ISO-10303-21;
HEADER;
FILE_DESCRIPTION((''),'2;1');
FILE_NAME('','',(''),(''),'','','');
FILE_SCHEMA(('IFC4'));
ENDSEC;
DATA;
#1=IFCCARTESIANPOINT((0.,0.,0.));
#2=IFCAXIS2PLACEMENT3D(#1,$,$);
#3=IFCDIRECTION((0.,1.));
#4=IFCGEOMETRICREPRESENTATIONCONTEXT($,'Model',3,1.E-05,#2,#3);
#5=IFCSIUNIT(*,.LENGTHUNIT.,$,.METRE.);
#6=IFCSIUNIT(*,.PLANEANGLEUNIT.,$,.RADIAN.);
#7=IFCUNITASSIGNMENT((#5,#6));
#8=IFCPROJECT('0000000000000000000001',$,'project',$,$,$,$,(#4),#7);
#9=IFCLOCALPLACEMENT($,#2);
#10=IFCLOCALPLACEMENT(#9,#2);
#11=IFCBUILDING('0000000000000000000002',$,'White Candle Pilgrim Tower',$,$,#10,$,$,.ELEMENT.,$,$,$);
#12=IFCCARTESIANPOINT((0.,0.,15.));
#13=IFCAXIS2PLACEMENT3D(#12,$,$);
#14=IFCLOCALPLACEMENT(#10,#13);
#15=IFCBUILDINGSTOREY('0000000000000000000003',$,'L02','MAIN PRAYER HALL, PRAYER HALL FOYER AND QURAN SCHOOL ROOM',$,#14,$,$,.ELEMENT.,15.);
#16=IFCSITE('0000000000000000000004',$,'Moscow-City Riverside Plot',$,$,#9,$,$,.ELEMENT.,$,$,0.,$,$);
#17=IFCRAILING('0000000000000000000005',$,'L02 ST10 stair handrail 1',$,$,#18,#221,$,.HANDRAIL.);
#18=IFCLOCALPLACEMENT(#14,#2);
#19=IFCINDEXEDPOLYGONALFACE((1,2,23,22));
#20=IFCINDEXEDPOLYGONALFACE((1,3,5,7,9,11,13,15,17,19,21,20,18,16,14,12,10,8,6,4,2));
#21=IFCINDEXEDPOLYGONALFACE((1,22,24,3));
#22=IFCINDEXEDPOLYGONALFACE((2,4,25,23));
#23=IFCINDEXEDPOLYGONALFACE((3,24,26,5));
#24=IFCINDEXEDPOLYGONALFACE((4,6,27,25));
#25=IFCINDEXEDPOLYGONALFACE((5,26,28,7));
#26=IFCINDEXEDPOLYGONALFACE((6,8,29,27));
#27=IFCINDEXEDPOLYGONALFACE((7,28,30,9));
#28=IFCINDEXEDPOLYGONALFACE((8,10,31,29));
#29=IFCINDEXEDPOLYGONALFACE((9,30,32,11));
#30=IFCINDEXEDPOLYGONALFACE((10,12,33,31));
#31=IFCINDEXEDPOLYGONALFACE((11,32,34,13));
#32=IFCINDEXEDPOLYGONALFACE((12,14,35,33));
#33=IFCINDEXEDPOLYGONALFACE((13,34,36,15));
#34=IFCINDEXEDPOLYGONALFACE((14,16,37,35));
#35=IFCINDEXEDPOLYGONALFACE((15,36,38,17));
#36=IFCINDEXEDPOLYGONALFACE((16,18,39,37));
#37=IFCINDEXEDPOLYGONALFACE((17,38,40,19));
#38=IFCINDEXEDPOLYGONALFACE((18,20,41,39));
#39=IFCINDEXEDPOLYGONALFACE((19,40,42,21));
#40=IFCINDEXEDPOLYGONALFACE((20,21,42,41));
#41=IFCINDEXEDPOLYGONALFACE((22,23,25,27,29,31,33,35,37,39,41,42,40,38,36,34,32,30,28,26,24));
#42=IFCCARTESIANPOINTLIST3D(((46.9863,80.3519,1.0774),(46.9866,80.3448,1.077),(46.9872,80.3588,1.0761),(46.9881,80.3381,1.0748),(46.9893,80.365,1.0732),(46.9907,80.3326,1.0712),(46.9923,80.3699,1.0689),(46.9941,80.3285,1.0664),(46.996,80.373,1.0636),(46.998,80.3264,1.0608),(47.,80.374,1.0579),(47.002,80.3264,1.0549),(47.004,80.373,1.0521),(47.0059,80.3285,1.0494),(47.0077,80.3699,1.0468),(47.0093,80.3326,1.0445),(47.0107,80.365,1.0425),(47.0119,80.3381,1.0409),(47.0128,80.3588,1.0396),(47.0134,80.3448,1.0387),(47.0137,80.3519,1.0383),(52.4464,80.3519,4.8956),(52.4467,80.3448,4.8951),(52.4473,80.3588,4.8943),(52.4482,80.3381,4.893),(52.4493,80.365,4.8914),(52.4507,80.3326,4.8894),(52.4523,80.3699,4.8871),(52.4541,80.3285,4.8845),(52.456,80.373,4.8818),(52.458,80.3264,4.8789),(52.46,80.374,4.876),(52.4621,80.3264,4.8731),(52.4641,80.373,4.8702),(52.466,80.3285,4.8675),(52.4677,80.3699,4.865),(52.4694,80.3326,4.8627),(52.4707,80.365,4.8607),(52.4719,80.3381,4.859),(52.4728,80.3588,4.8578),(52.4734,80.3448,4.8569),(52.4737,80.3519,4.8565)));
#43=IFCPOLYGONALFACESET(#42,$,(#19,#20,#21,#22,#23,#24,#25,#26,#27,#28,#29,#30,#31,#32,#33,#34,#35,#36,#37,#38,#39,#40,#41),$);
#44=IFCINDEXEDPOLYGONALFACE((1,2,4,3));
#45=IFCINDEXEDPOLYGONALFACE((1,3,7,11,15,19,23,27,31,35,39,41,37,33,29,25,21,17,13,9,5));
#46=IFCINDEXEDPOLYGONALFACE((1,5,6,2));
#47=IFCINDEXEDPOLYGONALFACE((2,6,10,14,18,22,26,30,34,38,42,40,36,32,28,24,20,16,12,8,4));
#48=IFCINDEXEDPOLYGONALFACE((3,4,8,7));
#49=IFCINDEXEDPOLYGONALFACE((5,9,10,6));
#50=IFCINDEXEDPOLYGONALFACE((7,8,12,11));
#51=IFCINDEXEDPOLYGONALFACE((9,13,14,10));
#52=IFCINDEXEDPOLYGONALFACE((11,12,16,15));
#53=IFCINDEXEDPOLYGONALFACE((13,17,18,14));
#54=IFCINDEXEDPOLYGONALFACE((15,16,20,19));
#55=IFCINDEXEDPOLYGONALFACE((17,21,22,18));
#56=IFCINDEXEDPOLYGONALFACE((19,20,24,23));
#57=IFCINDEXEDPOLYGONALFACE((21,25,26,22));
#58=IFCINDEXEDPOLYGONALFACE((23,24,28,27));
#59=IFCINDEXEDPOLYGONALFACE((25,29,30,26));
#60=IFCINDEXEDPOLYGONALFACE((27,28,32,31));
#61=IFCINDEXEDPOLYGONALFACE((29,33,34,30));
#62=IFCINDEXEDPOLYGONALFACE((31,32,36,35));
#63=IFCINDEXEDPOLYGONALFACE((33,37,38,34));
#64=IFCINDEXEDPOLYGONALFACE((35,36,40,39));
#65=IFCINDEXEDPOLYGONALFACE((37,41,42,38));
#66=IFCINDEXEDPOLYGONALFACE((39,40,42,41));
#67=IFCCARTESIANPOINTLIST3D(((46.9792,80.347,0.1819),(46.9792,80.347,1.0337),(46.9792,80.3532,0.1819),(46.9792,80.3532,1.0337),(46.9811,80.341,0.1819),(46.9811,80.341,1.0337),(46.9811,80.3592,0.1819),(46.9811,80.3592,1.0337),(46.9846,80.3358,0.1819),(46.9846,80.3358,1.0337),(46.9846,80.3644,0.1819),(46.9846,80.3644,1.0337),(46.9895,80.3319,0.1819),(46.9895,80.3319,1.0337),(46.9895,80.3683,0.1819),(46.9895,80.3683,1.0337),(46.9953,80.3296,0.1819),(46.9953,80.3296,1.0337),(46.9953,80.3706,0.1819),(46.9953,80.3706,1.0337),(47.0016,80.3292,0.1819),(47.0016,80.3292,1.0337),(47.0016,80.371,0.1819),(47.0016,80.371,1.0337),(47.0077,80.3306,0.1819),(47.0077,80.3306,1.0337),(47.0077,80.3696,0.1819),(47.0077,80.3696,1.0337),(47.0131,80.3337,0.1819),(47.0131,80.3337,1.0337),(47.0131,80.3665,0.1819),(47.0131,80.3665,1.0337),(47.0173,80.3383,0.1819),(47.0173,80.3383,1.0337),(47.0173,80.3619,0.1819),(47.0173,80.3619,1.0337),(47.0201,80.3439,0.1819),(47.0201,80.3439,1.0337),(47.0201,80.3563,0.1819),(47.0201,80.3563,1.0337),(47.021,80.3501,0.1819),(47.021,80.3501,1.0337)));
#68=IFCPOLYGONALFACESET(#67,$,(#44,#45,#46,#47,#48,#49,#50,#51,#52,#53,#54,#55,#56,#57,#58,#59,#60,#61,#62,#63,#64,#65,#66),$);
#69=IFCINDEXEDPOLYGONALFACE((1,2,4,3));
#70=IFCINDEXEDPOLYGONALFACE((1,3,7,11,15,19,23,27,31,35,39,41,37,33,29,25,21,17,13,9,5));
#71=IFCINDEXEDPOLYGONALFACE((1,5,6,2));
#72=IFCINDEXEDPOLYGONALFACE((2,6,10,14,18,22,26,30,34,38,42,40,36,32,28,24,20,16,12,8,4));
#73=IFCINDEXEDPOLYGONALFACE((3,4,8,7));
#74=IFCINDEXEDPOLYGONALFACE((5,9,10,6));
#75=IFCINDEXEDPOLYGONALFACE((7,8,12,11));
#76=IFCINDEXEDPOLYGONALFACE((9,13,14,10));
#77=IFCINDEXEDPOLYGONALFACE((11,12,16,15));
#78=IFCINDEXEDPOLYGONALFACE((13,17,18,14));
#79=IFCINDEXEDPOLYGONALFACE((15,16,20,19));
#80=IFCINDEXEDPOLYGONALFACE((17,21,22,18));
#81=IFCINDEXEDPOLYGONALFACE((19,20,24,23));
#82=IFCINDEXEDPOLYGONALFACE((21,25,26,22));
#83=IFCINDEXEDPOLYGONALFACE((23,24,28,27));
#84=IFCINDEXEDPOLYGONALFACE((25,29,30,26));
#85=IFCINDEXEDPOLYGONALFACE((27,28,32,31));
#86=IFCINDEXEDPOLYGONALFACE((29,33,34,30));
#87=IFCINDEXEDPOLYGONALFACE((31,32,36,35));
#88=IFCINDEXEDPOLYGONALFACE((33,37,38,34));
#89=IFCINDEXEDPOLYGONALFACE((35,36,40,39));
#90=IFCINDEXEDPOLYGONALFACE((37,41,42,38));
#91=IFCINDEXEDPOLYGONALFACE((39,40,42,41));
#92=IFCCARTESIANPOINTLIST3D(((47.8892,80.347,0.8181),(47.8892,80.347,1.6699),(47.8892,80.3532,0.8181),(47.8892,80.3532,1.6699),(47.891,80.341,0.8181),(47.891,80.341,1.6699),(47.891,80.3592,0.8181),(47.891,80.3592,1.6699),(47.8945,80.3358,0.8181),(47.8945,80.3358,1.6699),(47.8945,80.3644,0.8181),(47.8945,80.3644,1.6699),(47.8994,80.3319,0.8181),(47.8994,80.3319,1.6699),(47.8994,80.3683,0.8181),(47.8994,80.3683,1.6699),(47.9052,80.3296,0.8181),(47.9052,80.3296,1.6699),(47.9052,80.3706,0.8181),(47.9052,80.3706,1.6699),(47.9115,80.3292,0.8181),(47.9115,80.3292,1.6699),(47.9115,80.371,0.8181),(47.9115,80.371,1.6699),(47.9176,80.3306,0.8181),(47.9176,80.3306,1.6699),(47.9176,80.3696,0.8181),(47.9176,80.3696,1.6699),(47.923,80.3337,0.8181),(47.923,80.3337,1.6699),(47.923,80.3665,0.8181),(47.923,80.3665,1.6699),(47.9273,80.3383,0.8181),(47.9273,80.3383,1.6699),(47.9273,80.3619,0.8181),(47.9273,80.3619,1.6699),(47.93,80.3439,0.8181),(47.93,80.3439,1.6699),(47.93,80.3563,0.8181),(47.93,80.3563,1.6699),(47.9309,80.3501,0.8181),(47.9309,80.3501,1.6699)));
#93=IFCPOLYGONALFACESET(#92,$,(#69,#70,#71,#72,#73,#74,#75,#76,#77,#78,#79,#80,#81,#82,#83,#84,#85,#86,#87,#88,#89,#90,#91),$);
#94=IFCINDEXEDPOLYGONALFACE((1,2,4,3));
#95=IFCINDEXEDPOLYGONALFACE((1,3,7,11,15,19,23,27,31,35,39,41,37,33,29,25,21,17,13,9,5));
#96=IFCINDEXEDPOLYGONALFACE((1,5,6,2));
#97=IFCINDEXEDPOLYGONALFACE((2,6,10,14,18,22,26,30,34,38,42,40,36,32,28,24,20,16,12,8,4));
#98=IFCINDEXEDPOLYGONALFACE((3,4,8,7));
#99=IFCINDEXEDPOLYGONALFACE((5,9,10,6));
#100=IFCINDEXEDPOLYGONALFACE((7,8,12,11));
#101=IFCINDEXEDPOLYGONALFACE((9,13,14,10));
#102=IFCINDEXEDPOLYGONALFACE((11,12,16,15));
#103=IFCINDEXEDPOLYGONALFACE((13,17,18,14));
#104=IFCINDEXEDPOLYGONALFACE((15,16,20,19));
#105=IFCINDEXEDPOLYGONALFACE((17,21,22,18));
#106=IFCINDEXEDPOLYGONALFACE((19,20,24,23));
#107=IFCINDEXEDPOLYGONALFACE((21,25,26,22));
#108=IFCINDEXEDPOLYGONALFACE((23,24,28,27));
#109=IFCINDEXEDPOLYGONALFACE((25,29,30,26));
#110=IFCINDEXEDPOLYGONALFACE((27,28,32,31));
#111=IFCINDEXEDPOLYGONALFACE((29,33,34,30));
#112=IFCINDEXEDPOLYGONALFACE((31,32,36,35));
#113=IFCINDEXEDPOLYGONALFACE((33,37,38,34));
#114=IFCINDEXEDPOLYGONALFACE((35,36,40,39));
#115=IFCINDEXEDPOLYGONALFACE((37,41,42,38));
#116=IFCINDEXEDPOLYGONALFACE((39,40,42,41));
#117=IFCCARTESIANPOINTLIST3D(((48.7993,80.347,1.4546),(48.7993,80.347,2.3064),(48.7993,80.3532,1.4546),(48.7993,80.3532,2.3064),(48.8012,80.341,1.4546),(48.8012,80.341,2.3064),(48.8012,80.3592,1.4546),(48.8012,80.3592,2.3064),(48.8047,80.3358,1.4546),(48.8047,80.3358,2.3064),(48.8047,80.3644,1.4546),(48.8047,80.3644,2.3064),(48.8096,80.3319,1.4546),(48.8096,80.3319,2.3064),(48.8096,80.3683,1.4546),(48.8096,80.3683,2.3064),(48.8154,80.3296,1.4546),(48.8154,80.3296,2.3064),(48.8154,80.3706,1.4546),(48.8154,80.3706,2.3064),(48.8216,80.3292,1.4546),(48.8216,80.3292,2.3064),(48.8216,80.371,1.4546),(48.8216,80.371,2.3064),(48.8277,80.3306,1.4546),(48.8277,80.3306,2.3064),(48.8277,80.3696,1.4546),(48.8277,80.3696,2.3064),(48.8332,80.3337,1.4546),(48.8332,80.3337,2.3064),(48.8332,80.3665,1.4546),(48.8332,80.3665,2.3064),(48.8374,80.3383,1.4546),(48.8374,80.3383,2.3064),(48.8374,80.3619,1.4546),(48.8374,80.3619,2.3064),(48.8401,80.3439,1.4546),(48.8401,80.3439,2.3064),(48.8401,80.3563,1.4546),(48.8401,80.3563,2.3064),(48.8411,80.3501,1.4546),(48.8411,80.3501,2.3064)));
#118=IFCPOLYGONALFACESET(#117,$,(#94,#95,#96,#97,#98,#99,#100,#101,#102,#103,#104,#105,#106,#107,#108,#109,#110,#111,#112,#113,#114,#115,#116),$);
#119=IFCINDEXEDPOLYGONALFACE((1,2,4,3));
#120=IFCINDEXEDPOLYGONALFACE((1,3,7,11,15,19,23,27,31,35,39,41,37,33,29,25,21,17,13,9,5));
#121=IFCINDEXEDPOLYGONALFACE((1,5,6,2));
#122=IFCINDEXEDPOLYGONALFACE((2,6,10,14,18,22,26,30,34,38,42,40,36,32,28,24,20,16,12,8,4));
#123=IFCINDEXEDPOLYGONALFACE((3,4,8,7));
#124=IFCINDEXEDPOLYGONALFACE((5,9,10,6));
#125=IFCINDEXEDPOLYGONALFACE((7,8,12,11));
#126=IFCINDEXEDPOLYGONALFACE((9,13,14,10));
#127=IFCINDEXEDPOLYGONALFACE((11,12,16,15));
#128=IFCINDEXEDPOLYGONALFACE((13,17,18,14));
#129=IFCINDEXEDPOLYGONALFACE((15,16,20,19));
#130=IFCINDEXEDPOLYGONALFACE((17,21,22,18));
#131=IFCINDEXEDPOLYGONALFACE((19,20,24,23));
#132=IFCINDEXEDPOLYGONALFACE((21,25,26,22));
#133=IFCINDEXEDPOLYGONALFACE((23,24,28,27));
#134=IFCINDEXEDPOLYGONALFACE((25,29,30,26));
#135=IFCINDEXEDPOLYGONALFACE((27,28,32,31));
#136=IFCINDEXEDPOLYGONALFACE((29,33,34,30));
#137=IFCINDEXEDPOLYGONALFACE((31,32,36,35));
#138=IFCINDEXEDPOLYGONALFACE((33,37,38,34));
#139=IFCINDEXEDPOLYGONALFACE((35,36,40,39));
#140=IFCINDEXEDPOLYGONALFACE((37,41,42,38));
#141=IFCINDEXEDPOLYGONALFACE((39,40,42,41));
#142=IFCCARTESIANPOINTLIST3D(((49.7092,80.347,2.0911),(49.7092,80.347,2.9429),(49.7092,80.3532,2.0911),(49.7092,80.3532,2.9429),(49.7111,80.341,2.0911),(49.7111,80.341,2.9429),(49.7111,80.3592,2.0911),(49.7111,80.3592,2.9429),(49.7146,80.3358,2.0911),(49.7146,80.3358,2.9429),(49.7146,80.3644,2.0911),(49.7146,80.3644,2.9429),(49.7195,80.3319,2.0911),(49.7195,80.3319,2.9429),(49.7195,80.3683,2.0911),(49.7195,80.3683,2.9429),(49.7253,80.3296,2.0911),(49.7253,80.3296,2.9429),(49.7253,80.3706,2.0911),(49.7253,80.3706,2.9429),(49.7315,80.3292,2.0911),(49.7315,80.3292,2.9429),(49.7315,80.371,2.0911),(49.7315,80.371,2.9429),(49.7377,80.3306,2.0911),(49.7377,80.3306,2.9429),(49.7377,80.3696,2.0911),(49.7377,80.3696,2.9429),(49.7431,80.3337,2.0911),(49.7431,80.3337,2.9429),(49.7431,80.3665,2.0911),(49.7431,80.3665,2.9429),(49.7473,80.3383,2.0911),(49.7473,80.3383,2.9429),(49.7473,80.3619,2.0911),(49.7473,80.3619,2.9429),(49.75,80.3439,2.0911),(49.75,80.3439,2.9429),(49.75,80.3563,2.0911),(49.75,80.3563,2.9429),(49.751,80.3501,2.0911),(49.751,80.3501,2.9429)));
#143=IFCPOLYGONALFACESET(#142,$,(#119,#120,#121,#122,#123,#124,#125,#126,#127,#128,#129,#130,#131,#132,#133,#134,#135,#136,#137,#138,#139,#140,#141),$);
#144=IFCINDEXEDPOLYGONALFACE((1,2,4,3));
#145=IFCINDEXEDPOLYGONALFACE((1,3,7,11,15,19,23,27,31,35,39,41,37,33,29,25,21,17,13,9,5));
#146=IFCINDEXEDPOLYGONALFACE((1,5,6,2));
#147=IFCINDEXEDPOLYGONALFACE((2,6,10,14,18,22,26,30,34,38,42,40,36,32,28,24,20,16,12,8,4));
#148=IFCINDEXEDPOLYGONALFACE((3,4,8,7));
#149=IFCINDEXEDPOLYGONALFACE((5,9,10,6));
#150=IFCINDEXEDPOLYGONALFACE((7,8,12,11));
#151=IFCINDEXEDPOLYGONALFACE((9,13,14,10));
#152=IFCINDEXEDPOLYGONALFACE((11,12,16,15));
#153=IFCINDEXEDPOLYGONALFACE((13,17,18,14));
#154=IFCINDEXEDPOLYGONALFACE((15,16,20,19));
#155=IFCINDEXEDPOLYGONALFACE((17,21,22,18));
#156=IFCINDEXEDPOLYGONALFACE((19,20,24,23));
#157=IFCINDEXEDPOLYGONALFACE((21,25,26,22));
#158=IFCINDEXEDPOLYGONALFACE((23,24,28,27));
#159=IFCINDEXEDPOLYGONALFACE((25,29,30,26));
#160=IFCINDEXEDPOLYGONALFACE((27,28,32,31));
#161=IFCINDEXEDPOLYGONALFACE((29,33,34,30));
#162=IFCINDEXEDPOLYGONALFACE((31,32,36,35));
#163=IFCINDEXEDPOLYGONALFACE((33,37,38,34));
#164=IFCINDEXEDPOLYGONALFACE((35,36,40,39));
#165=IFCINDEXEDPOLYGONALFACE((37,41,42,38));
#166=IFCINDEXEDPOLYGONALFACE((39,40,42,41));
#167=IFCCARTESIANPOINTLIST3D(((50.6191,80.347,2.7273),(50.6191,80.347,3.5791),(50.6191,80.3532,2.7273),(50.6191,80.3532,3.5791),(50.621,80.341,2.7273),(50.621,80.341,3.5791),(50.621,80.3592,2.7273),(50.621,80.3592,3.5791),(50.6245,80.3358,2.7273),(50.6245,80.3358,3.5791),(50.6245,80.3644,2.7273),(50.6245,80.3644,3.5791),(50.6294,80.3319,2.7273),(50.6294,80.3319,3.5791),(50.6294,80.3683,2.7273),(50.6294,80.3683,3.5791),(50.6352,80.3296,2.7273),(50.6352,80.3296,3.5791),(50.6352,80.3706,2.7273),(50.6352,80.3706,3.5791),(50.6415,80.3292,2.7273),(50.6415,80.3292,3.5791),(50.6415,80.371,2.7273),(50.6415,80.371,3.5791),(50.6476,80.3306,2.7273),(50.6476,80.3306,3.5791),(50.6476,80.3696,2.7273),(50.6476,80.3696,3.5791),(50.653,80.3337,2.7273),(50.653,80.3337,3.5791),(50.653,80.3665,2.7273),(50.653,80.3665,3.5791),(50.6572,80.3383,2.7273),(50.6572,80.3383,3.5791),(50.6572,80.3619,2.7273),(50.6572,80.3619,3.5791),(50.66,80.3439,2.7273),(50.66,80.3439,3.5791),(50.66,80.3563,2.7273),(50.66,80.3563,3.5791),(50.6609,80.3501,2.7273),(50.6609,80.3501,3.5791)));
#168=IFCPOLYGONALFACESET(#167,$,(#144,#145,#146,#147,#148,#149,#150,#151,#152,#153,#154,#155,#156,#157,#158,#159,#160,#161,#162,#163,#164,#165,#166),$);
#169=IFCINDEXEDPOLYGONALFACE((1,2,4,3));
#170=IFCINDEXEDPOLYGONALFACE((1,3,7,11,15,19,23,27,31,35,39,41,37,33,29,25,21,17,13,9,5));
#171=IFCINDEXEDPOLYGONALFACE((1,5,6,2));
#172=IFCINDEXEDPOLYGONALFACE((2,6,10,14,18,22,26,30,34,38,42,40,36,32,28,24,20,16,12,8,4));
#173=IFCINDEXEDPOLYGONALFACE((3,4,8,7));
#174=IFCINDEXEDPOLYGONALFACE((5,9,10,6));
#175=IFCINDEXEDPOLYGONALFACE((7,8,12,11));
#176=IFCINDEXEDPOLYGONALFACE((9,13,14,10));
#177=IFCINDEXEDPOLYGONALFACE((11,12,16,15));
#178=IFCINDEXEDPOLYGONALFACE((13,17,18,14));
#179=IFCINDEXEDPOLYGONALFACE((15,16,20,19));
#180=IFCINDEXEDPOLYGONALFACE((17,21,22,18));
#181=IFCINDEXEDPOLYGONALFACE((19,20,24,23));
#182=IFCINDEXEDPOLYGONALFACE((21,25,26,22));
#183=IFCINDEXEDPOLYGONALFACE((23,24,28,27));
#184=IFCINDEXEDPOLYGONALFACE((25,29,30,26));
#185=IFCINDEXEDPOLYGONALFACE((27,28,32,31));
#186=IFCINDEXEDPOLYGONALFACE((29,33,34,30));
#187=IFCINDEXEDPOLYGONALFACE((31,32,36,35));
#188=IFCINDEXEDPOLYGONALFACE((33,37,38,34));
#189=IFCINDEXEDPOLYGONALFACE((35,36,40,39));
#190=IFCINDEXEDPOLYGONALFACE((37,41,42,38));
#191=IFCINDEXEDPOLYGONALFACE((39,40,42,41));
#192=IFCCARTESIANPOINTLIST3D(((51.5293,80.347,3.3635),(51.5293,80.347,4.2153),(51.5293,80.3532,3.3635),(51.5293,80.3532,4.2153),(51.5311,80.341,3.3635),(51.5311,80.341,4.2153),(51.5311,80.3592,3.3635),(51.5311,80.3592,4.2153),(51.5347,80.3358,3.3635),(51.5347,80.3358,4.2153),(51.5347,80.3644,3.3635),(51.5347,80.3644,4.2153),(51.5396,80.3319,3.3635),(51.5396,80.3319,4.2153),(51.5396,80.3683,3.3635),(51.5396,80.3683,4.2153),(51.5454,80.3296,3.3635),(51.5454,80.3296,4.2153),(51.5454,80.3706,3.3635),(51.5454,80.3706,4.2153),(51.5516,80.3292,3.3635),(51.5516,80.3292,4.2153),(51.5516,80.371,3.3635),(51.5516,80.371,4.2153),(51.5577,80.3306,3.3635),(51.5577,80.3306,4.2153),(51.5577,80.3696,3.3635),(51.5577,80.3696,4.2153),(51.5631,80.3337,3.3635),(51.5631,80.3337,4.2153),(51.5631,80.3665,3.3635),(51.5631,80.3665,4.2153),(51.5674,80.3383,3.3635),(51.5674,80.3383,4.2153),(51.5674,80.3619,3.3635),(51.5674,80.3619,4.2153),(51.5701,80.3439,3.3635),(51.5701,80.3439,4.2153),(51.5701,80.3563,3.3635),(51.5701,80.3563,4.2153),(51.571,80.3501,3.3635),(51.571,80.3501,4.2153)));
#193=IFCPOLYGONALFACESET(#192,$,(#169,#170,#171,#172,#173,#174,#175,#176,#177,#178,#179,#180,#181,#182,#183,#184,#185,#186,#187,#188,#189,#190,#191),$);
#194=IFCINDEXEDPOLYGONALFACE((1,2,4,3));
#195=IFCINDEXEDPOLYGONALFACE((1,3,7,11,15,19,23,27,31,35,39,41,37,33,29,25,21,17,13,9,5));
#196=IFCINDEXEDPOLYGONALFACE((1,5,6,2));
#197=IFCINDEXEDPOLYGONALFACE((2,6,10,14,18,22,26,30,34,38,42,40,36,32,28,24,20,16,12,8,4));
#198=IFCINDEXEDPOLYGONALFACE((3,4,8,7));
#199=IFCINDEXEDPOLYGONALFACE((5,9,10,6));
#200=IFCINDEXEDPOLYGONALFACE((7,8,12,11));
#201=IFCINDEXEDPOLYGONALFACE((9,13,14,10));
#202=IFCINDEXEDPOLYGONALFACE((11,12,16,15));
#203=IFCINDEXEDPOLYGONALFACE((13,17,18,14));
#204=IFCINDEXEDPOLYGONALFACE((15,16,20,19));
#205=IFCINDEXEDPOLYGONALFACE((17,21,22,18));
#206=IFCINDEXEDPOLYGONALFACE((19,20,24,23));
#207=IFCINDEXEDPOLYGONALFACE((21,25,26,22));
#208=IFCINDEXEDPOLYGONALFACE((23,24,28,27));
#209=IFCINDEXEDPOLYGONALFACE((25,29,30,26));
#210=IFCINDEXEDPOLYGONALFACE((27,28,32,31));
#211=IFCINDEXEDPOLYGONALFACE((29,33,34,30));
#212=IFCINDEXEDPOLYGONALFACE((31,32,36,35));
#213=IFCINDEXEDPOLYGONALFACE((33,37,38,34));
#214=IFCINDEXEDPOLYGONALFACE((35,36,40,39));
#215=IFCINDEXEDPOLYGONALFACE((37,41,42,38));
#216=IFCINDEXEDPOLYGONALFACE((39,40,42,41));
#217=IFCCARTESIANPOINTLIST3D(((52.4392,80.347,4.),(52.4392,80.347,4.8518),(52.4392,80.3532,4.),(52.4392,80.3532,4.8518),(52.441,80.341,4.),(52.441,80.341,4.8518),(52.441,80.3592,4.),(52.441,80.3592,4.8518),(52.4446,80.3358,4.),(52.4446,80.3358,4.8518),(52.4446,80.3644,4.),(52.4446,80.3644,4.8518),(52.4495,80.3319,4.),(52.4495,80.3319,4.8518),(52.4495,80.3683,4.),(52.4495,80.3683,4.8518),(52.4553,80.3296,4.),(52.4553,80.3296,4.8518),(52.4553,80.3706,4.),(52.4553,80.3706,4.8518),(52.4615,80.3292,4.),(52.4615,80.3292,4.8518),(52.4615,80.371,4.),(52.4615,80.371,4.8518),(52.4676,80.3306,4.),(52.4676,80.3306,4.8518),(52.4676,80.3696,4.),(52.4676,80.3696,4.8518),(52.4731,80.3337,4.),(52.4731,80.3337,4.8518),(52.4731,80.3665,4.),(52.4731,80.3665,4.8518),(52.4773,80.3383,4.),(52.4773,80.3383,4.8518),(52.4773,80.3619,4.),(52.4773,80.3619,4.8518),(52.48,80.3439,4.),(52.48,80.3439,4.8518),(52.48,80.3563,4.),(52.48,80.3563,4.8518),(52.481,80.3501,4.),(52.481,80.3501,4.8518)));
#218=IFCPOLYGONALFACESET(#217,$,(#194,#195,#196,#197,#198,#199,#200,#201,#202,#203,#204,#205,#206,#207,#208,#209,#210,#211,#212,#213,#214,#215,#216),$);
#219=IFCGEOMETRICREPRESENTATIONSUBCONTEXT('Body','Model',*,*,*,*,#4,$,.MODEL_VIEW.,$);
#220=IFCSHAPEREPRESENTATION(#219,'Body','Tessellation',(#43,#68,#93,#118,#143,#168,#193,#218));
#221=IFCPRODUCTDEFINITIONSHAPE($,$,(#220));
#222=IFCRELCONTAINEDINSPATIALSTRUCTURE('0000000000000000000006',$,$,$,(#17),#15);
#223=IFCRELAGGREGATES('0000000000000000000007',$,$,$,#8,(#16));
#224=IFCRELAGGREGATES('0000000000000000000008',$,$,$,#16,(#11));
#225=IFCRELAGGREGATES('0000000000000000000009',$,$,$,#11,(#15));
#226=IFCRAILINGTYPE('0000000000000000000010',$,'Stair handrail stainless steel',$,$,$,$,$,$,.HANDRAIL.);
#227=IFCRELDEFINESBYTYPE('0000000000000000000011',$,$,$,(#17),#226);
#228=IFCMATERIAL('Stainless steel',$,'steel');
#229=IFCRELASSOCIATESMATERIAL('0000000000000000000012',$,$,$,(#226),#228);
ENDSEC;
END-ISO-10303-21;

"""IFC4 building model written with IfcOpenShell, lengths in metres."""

from ifc_helpers import new_model, si_unit, direction, frame, origin, origin_2d, place, context, subcontext, project, spatial, circle, extrude, material, type_object, element, save


model = new_model("IFC4")

# Units and contexts
model_context = context("Model", 3, precision=1e-05, world=origin(), true_north=direction((0.0, 1.0)))
body_context = subcontext(model_context, "Body", "Model", "MODEL_VIEW")
ifc_project = project(units=[si_unit("LENGTHUNIT", "METRE"), si_unit("PLANEANGLEUNIT", "RADIAN")], contexts=[model_context])

# Site, building, storey
site_placement = place(None, origin())
site = spatial("IfcSite", under=ifc_project, at=site_placement, Name="Moscow-City Riverside Plot", CompositionType="ELEMENT", RefElevation=0.0)
building_placement = place(site_placement, origin())
building = spatial("IfcBuilding", under=site, at=building_placement, Name="White Candle Pilgrim Tower", CompositionType="ELEMENT")
storey_placement = place(building_placement, frame((0.0, 0.0, 15.0)))
storey = spatial("IfcBuildingStorey", under=building, at=storey_placement, Name="L02", Description="MAIN PRAYER HALL, PRAYER HALL FOYER AND QURAN SCHOOL ROOM", CompositionType="ELEMENT", Elevation=15.0)

# Railing
ifc_material_1 = material(Name="Stainless steel", Category="steel")
railing_type_1 = type_object("IfcRailingType", Name="Stair handrail stainless steel", PredefinedType="HANDRAIL", material=ifc_material_1)
railing_1_placement = place(storey_placement, frame((47.0, 80.3501, 0.1819)))
element("IfcRailing", 1, at=railing_1_placement, inside=storey, type_object=railing_type_1, Name="L02 ST10 stair handrail 1", PredefinedType="HANDRAIL", context=body_context, shape_type="SweptSolid", body=[
    extrude(circle(Radius=0.0239, at=origin_2d()), frame((0.0, 0.0, 0.876), z_axis=(0.819504, 0.0, 0.573074), x_axis=(0.0, 1.0, 0.0)), (0.0, 0.0, 1.0), 6.6626),
    extrude(circle(Radius=0.021, at=origin_2d()), origin(), (0.0, 0.0, 1.0), 0.8518),
    extrude(circle(Radius=0.021, at=origin_2d()), frame((0.9099, 0.0, 0.6362)), (0.0, 0.0, 1.0), 0.8518),
    extrude(circle(Radius=0.021, at=origin_2d()), frame((1.8201, 0.0, 1.2727)), (0.0, 0.0, 1.0), 0.8518),
    extrude(circle(Radius=0.021, at=origin_2d()), frame((2.73, 0.0, 1.9092)), (0.0, 0.0, 1.0), 0.8518),
    extrude(circle(Radius=0.021, at=origin_2d()), frame((3.6399, 0.0, 2.5454)), (0.0, 0.0, 1.0), 0.8518),
    extrude(circle(Radius=0.021, at=origin_2d()), frame((4.55, 0.0, 3.1816)), (0.0, 0.0, 1.0), 0.8518),
    extrude(circle(Radius=0.021, at=origin_2d()), frame((5.46, 0.0, 3.8181)), (0.0, 0.0, 1.0), 0.8518),
])

save(model, "model.ifc")
